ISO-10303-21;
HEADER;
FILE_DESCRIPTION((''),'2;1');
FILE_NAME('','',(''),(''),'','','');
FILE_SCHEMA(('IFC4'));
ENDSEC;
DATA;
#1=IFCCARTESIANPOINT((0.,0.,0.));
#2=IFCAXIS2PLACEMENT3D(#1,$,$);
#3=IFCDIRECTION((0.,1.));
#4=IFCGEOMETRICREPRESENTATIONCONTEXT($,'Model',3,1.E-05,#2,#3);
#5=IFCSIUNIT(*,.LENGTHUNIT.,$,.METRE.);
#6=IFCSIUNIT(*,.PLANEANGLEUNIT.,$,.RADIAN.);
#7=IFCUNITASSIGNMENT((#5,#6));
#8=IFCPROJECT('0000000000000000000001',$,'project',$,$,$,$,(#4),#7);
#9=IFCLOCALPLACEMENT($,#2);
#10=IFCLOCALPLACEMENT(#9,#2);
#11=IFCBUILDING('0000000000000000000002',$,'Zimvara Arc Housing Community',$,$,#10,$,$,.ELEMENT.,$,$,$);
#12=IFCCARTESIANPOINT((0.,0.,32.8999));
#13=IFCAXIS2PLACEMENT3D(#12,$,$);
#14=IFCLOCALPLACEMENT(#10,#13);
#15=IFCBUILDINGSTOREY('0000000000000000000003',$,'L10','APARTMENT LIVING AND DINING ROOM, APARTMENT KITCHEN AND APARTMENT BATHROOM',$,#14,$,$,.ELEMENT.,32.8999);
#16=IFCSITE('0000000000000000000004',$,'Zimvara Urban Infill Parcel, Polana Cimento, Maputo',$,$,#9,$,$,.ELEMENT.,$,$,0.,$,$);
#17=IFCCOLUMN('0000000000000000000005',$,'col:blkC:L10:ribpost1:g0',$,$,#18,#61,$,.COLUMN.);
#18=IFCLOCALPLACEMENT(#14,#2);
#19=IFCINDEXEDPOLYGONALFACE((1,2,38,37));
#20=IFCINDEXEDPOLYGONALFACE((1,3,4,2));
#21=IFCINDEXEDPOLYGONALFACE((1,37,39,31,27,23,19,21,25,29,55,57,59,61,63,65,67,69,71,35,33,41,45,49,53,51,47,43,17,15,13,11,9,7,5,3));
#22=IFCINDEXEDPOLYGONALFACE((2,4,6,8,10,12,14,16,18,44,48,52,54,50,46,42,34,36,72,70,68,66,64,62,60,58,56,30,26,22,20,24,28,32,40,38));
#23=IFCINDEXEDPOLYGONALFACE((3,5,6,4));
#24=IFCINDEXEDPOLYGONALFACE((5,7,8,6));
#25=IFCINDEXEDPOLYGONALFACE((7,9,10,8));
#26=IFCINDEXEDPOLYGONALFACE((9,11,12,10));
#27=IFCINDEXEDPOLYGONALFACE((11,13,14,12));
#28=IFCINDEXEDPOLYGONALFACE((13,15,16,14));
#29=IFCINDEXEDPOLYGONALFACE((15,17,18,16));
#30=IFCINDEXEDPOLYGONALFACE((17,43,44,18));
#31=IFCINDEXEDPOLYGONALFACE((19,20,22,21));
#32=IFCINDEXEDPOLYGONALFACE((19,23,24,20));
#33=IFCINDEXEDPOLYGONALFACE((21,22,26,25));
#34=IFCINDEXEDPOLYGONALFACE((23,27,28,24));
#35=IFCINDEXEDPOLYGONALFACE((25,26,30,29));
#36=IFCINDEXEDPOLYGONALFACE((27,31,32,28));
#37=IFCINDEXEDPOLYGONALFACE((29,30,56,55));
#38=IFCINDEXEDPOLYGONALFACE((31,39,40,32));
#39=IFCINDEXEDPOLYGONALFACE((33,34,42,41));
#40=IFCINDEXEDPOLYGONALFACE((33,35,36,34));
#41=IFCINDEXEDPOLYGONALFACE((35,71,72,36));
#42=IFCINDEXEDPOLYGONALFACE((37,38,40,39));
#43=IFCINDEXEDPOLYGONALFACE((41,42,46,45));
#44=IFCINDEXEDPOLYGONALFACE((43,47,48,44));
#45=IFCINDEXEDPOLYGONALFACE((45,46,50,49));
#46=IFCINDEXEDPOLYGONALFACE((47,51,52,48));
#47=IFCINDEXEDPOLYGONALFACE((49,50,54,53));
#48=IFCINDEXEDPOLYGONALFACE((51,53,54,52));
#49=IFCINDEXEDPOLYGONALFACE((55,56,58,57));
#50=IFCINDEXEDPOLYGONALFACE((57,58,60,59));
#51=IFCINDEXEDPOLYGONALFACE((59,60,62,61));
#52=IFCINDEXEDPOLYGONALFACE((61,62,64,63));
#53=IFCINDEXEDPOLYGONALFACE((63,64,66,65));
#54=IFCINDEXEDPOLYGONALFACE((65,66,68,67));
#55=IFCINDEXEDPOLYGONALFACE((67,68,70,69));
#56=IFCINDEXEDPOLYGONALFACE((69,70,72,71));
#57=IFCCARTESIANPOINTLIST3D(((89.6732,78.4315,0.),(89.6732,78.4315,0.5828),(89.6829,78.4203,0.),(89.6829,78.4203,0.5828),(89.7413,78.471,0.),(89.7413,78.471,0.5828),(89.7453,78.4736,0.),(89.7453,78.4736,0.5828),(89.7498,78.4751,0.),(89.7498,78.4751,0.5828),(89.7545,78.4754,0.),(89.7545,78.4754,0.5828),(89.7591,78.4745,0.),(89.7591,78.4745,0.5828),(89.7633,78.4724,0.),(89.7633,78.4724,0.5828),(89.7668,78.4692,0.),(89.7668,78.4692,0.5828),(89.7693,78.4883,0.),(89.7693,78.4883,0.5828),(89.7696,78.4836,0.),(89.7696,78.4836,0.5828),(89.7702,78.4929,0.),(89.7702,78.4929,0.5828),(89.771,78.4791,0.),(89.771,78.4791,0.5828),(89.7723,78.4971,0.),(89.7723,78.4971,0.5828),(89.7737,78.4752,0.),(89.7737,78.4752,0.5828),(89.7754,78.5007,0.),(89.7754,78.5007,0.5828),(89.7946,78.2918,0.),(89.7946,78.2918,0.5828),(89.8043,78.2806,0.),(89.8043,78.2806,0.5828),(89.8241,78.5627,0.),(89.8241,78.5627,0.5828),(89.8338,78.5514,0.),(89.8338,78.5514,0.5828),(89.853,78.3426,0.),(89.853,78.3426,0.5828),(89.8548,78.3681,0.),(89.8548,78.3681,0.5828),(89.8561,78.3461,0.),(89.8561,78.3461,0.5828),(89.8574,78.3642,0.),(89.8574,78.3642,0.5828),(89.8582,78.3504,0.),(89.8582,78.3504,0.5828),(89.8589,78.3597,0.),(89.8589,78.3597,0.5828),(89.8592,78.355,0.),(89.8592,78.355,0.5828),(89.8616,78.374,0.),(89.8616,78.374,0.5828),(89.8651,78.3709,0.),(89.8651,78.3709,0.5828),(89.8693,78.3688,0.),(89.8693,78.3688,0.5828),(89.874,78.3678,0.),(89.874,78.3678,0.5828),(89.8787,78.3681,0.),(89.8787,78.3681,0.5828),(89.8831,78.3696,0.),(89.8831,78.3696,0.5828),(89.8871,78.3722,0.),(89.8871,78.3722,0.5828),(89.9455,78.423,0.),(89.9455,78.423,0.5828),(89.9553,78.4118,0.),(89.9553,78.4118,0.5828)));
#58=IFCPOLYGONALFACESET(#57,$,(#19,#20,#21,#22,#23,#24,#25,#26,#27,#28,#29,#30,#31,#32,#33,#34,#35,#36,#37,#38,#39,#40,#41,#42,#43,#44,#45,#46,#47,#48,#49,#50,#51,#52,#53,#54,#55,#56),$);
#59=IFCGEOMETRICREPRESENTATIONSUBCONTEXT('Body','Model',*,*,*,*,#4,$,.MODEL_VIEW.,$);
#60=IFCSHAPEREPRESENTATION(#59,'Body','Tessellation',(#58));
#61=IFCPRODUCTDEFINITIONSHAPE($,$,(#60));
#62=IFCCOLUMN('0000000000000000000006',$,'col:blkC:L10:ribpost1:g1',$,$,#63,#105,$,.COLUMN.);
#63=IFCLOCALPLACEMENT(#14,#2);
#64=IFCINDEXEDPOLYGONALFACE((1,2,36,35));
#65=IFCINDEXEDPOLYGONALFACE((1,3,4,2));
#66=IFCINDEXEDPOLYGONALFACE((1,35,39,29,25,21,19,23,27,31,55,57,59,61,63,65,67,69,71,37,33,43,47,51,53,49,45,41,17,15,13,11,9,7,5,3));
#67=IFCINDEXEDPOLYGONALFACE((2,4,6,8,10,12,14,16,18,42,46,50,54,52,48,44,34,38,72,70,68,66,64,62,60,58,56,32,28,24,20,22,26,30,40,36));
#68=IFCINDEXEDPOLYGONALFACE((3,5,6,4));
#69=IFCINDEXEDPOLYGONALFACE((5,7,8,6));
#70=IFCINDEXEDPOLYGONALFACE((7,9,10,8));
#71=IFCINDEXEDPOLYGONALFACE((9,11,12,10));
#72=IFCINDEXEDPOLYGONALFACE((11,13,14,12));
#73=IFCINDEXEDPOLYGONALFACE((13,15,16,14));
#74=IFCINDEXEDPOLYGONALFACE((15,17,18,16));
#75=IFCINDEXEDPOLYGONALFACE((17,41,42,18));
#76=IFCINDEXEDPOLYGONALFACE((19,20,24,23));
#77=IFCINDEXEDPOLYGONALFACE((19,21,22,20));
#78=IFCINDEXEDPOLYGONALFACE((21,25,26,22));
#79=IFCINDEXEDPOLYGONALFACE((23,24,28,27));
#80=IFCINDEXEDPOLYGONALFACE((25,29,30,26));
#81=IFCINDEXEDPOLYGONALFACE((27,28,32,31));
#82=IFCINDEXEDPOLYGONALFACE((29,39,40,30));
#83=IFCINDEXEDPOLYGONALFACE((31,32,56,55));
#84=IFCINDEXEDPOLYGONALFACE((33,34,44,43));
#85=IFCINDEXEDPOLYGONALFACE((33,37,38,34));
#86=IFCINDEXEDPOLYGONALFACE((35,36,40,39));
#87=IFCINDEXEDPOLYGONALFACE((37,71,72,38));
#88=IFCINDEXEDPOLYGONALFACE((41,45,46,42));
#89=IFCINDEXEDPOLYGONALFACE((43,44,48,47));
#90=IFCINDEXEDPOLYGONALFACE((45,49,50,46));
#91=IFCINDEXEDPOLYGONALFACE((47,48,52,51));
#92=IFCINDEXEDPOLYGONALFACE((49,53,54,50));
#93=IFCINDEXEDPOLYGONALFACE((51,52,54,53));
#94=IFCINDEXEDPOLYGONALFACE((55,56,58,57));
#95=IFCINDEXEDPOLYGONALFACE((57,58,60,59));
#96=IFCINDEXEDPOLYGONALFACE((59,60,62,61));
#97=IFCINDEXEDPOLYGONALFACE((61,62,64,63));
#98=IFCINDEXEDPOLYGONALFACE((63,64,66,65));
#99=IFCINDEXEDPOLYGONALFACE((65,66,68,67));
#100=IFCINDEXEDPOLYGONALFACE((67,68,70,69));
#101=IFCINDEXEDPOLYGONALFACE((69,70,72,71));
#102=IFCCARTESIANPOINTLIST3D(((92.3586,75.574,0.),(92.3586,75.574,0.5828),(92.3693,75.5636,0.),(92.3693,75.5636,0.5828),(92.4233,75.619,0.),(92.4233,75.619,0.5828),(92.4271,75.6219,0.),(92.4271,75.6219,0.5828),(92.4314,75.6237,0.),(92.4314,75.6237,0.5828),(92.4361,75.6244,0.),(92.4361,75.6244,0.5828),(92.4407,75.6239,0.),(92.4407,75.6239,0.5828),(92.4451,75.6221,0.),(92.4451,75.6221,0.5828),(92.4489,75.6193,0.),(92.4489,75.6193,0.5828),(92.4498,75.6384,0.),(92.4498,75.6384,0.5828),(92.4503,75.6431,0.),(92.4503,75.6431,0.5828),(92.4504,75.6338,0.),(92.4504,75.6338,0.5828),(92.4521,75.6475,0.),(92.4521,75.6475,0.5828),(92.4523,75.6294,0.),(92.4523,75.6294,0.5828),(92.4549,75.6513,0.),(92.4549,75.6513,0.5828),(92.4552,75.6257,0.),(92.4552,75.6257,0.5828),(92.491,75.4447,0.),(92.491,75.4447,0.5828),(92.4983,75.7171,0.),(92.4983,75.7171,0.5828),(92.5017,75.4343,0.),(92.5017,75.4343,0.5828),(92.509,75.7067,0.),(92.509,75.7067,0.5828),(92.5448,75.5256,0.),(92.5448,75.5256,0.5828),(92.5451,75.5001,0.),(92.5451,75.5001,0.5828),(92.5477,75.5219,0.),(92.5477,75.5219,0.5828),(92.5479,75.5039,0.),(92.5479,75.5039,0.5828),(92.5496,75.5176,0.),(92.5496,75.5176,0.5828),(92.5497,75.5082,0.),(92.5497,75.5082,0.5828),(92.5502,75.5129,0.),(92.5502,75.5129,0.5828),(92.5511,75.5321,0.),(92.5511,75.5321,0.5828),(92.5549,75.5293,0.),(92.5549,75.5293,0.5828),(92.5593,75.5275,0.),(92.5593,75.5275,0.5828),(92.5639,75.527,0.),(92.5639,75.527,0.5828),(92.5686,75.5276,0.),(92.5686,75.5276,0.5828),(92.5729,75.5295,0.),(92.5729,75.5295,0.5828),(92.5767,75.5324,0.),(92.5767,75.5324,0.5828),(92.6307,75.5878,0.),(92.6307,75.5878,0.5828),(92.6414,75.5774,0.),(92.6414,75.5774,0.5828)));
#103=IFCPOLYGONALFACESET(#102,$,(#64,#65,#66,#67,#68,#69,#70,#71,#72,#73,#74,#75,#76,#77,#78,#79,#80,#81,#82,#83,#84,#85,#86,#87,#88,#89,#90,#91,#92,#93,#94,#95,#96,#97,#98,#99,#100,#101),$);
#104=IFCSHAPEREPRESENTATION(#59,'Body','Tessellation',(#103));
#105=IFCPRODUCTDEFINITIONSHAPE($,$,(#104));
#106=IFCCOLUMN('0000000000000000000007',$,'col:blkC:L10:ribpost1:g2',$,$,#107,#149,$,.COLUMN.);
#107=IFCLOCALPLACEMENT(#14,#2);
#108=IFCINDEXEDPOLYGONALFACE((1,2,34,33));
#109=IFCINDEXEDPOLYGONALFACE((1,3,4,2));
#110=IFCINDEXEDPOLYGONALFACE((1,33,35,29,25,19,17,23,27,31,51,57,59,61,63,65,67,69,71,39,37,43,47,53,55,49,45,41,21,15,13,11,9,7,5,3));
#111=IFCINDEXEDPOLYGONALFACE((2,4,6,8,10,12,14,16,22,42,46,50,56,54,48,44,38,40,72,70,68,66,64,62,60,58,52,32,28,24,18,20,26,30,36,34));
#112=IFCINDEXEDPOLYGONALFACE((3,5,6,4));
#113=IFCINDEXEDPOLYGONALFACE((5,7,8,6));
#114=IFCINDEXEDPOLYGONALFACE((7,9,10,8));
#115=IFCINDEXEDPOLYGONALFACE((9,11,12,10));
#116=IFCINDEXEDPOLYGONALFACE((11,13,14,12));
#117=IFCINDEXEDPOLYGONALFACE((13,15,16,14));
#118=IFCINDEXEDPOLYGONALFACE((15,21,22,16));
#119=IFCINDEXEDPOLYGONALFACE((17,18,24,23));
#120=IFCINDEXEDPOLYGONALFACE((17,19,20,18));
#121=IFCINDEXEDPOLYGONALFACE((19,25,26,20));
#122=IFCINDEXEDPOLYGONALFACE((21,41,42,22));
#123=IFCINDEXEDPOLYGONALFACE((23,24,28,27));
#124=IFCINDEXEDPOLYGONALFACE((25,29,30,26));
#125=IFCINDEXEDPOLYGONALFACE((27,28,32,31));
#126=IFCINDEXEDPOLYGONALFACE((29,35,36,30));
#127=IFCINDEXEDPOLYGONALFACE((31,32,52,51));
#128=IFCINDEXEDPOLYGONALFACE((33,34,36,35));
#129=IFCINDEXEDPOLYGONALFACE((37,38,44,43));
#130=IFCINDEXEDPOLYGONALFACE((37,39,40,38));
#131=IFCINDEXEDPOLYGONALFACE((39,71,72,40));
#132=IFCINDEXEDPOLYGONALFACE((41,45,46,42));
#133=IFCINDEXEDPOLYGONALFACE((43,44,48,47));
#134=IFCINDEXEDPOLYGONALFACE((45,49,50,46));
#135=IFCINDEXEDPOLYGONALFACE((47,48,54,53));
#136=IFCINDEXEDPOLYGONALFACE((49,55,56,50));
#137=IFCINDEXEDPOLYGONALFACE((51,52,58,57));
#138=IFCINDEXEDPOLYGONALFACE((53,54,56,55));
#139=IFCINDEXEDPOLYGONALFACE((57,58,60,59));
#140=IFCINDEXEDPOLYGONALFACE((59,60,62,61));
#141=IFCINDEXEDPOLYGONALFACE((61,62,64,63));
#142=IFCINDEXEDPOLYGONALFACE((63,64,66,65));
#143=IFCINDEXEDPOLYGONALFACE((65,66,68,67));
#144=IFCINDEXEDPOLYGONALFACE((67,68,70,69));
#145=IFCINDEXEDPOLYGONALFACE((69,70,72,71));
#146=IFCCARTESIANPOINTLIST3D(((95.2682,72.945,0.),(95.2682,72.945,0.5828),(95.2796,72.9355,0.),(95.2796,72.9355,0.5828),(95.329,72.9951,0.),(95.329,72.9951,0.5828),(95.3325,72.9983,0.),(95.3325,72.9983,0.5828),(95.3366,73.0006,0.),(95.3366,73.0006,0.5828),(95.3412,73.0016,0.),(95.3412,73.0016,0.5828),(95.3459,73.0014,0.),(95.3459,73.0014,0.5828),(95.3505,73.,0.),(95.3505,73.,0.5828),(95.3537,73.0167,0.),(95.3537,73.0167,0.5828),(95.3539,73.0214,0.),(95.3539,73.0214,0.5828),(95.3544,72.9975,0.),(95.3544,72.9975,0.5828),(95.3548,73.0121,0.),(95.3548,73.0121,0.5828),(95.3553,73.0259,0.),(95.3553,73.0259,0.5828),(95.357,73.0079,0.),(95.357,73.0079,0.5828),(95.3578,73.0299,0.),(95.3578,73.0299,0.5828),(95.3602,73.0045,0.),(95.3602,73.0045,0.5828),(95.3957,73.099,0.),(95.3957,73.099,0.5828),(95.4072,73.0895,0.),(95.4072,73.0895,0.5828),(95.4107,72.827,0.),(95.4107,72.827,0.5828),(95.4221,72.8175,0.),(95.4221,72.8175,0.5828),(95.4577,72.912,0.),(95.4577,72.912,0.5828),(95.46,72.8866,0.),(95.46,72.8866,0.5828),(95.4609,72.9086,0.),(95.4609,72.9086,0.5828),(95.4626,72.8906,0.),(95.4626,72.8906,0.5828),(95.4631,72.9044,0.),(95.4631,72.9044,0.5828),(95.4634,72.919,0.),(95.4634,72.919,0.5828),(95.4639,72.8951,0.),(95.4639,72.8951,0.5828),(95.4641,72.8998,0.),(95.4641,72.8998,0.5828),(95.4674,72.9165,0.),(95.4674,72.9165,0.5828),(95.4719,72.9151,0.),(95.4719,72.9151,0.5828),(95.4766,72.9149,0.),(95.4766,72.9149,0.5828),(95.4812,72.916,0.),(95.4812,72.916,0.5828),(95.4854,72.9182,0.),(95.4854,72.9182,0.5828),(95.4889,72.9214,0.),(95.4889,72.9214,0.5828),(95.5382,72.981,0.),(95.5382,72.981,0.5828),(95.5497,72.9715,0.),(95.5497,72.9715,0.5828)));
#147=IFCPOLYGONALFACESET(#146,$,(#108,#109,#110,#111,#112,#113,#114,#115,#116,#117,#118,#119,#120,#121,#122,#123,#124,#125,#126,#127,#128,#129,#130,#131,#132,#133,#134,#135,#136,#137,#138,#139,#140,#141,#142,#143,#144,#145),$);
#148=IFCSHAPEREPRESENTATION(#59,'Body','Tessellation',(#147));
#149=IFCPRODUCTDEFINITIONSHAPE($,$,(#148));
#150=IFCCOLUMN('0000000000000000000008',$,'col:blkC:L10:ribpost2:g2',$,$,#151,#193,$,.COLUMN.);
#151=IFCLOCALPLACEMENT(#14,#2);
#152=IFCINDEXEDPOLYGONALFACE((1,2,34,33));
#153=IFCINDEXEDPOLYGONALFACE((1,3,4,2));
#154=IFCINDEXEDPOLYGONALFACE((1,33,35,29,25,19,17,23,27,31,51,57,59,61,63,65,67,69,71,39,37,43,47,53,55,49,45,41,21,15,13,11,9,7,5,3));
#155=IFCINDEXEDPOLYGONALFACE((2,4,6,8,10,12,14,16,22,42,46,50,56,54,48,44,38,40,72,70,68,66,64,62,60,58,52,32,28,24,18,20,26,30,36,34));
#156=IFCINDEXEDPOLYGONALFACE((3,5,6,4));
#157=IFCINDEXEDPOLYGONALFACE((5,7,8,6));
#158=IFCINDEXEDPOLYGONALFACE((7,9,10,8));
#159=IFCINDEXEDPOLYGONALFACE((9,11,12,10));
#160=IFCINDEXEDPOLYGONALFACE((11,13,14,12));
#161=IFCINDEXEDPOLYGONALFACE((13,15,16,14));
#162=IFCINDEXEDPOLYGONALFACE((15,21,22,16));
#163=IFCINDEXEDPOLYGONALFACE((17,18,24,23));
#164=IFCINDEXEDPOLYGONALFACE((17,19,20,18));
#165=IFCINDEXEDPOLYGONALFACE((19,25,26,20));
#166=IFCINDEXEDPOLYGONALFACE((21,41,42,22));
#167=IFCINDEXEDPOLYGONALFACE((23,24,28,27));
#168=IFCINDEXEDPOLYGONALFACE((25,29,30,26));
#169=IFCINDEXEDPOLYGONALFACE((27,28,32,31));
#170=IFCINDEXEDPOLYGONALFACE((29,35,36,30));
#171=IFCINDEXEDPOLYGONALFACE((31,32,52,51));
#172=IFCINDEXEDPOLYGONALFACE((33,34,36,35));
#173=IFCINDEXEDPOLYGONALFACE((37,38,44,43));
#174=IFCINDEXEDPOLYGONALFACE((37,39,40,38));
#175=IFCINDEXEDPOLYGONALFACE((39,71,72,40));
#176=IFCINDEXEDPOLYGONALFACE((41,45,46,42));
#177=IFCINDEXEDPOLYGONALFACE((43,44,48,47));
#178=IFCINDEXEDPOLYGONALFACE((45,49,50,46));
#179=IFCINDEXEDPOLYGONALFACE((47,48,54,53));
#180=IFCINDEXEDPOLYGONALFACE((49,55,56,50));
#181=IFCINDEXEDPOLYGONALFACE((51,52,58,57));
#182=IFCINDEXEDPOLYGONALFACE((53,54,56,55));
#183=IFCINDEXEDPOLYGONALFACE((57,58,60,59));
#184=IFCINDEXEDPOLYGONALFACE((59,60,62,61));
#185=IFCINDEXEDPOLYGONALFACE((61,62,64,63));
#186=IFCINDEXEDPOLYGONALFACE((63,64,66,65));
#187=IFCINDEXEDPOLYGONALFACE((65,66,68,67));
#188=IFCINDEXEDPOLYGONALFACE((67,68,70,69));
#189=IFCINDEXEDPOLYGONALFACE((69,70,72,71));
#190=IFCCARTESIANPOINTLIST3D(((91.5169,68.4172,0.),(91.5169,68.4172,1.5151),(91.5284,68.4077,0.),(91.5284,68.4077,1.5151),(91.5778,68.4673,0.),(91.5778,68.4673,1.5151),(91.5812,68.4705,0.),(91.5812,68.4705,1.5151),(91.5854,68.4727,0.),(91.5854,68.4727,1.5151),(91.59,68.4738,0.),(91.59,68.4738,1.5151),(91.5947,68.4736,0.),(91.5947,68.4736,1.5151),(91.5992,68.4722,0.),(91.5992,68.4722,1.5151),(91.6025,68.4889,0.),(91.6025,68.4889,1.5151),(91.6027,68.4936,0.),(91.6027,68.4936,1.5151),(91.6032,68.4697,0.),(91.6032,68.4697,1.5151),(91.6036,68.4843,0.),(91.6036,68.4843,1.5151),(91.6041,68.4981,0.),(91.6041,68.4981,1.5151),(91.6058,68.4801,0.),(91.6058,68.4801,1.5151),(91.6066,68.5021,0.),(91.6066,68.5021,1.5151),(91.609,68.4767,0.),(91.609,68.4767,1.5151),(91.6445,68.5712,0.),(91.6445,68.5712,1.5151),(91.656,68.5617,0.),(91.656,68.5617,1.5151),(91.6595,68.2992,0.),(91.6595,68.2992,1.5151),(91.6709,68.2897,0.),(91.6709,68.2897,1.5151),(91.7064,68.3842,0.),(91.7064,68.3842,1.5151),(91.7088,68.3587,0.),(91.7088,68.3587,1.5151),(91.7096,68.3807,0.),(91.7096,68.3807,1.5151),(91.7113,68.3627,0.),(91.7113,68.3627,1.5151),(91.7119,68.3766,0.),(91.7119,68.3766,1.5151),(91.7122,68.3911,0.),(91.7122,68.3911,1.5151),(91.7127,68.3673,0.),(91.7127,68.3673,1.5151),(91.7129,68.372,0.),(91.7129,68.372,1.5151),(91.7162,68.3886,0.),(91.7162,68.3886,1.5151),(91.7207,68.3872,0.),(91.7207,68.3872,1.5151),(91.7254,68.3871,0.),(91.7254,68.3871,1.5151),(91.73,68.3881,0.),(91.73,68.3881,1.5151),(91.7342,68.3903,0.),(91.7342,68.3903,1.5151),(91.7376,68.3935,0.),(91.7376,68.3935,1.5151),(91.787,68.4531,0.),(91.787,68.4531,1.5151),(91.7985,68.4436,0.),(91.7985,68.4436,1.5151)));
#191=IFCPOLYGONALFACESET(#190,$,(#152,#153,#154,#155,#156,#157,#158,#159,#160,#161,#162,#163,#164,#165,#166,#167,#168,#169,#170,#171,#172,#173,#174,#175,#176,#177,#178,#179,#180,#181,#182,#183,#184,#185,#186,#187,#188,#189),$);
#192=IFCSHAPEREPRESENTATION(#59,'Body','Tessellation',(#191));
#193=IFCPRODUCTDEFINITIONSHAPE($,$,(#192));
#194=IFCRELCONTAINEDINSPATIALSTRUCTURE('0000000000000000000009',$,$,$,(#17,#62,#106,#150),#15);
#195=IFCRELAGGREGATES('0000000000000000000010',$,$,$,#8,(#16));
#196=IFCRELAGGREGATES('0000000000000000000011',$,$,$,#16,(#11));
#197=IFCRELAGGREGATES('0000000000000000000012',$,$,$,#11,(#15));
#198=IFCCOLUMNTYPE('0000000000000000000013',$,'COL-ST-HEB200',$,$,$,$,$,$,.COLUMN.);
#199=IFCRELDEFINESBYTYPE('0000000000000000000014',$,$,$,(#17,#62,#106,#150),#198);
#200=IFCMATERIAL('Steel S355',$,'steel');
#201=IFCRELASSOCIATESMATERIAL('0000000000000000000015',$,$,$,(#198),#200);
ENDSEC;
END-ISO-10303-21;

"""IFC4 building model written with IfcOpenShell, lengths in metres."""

from ifc_helpers import new_model, si_unit, direction, frame, origin, origin_2d, place, context, subcontext, project, spatial, i_section, extrude, material, material_profile, profile_set, type_object, element, save


model = new_model("IFC4")

# Units and contexts
model_context = context("Model", 3, precision=1e-05, world=origin(), true_north=direction((0.0, 1.0)))
body_context = subcontext(model_context, "Body", "Model", "MODEL_VIEW")
ifc_project = project(units=[si_unit("LENGTHUNIT", "METRE"), si_unit("PLANEANGLEUNIT", "RADIAN")], contexts=[model_context])

# Site, building, storey
site_placement = place(None, origin())
site = spatial("IfcSite", under=ifc_project, at=site_placement, Name="Zimvara Urban Infill Parcel, Polana Cimento, Maputo", CompositionType="ELEMENT", RefElevation=0.0)
building_placement = place(site_placement, origin())
building = spatial("IfcBuilding", under=site, at=building_placement, Name="Zimvara Arc Housing Community", CompositionType="ELEMENT")
storey_placement = place(building_placement, frame((0.0, 0.0, 32.8999)))
storey = spatial("IfcBuildingStorey", under=building, at=storey_placement, Name="L10", Description="APARTMENT LIVING AND DINING ROOM, APARTMENT KITCHEN AND APARTMENT BATHROOM", CompositionType="ELEMENT", Elevation=32.8999)

# Columns
ifc_material_1 = material(Name="Steel S355", Category="steel")
ifc_material_profile_1 = material_profile(ifc_material_1, i_section(OverallWidth=0.2, OverallDepth=0.2, WebThickness=0.009, FlangeThickness=0.0149, FilletRadius=0.0181, at=origin_2d()), Name="HEB 200")
ifc_profile_set_1 = profile_set([ifc_material_profile_1], Name="Steel S355")
column_type = type_object("IfcColumnType", Name="COL-ST-HEB200", PredefinedType="COLUMN", material=ifc_profile_set_1)
for number, where, z_axis, x_axis, name in (
    (1, (89.8142, 78.4216, 0.0), (0.0, 0.0, 1.0), (-0.75471, -0.656059, 0.0), "col:blkC:L10:ribpost1:g0"),
    (2, (92.5, 75.5757, 0.0), (0.0, 0.0, 1.0), (-0.698665, -0.715449, 0.0), "col:blkC:L10:ribpost1:g1"),
    (3, (95.4089, 72.9583, 0.0), (0.0, 0.0, 1.0), (-0.637962, -0.770068, 0.0), "col:blkC:L10:ribpost1:g2"),
):
    element("IfcColumn", number, at=place(storey_placement, frame(where, z_axis=z_axis, x_axis=x_axis)), inside=storey, type_object=column_type, Name=name, PredefinedType="COLUMN", context=body_context, shape_type="SweptSolid", body=[
        extrude(i_section(OverallWidth=0.2, OverallDepth=0.2, WebThickness=0.009, FlangeThickness=0.0149, FilletRadius=0.0181, at=origin_2d()), origin(), (0.0, 0.0, 1.0), 0.5828),
    ])
column_1_placement = place(storey_placement, frame((91.6577, 68.4304, 0.0), z_axis=(0.0, 0.0, 1.0), x_axis=(-0.637962, -0.770068, 0.0)))
element("IfcColumn", 4, at=column_1_placement, inside=storey, type_object=column_type, Name="col:blkC:L10:ribpost2:g2", PredefinedType="COLUMN", context=body_context, shape_type="SweptSolid", body=[
    extrude(i_section(OverallWidth=0.2, OverallDepth=0.2, WebThickness=0.009, FlangeThickness=0.0149, FilletRadius=0.0181, at=origin_2d()), origin(), (0.0, 0.0, 1.0), 1.5151),
])

save(model, "model.ifc")
